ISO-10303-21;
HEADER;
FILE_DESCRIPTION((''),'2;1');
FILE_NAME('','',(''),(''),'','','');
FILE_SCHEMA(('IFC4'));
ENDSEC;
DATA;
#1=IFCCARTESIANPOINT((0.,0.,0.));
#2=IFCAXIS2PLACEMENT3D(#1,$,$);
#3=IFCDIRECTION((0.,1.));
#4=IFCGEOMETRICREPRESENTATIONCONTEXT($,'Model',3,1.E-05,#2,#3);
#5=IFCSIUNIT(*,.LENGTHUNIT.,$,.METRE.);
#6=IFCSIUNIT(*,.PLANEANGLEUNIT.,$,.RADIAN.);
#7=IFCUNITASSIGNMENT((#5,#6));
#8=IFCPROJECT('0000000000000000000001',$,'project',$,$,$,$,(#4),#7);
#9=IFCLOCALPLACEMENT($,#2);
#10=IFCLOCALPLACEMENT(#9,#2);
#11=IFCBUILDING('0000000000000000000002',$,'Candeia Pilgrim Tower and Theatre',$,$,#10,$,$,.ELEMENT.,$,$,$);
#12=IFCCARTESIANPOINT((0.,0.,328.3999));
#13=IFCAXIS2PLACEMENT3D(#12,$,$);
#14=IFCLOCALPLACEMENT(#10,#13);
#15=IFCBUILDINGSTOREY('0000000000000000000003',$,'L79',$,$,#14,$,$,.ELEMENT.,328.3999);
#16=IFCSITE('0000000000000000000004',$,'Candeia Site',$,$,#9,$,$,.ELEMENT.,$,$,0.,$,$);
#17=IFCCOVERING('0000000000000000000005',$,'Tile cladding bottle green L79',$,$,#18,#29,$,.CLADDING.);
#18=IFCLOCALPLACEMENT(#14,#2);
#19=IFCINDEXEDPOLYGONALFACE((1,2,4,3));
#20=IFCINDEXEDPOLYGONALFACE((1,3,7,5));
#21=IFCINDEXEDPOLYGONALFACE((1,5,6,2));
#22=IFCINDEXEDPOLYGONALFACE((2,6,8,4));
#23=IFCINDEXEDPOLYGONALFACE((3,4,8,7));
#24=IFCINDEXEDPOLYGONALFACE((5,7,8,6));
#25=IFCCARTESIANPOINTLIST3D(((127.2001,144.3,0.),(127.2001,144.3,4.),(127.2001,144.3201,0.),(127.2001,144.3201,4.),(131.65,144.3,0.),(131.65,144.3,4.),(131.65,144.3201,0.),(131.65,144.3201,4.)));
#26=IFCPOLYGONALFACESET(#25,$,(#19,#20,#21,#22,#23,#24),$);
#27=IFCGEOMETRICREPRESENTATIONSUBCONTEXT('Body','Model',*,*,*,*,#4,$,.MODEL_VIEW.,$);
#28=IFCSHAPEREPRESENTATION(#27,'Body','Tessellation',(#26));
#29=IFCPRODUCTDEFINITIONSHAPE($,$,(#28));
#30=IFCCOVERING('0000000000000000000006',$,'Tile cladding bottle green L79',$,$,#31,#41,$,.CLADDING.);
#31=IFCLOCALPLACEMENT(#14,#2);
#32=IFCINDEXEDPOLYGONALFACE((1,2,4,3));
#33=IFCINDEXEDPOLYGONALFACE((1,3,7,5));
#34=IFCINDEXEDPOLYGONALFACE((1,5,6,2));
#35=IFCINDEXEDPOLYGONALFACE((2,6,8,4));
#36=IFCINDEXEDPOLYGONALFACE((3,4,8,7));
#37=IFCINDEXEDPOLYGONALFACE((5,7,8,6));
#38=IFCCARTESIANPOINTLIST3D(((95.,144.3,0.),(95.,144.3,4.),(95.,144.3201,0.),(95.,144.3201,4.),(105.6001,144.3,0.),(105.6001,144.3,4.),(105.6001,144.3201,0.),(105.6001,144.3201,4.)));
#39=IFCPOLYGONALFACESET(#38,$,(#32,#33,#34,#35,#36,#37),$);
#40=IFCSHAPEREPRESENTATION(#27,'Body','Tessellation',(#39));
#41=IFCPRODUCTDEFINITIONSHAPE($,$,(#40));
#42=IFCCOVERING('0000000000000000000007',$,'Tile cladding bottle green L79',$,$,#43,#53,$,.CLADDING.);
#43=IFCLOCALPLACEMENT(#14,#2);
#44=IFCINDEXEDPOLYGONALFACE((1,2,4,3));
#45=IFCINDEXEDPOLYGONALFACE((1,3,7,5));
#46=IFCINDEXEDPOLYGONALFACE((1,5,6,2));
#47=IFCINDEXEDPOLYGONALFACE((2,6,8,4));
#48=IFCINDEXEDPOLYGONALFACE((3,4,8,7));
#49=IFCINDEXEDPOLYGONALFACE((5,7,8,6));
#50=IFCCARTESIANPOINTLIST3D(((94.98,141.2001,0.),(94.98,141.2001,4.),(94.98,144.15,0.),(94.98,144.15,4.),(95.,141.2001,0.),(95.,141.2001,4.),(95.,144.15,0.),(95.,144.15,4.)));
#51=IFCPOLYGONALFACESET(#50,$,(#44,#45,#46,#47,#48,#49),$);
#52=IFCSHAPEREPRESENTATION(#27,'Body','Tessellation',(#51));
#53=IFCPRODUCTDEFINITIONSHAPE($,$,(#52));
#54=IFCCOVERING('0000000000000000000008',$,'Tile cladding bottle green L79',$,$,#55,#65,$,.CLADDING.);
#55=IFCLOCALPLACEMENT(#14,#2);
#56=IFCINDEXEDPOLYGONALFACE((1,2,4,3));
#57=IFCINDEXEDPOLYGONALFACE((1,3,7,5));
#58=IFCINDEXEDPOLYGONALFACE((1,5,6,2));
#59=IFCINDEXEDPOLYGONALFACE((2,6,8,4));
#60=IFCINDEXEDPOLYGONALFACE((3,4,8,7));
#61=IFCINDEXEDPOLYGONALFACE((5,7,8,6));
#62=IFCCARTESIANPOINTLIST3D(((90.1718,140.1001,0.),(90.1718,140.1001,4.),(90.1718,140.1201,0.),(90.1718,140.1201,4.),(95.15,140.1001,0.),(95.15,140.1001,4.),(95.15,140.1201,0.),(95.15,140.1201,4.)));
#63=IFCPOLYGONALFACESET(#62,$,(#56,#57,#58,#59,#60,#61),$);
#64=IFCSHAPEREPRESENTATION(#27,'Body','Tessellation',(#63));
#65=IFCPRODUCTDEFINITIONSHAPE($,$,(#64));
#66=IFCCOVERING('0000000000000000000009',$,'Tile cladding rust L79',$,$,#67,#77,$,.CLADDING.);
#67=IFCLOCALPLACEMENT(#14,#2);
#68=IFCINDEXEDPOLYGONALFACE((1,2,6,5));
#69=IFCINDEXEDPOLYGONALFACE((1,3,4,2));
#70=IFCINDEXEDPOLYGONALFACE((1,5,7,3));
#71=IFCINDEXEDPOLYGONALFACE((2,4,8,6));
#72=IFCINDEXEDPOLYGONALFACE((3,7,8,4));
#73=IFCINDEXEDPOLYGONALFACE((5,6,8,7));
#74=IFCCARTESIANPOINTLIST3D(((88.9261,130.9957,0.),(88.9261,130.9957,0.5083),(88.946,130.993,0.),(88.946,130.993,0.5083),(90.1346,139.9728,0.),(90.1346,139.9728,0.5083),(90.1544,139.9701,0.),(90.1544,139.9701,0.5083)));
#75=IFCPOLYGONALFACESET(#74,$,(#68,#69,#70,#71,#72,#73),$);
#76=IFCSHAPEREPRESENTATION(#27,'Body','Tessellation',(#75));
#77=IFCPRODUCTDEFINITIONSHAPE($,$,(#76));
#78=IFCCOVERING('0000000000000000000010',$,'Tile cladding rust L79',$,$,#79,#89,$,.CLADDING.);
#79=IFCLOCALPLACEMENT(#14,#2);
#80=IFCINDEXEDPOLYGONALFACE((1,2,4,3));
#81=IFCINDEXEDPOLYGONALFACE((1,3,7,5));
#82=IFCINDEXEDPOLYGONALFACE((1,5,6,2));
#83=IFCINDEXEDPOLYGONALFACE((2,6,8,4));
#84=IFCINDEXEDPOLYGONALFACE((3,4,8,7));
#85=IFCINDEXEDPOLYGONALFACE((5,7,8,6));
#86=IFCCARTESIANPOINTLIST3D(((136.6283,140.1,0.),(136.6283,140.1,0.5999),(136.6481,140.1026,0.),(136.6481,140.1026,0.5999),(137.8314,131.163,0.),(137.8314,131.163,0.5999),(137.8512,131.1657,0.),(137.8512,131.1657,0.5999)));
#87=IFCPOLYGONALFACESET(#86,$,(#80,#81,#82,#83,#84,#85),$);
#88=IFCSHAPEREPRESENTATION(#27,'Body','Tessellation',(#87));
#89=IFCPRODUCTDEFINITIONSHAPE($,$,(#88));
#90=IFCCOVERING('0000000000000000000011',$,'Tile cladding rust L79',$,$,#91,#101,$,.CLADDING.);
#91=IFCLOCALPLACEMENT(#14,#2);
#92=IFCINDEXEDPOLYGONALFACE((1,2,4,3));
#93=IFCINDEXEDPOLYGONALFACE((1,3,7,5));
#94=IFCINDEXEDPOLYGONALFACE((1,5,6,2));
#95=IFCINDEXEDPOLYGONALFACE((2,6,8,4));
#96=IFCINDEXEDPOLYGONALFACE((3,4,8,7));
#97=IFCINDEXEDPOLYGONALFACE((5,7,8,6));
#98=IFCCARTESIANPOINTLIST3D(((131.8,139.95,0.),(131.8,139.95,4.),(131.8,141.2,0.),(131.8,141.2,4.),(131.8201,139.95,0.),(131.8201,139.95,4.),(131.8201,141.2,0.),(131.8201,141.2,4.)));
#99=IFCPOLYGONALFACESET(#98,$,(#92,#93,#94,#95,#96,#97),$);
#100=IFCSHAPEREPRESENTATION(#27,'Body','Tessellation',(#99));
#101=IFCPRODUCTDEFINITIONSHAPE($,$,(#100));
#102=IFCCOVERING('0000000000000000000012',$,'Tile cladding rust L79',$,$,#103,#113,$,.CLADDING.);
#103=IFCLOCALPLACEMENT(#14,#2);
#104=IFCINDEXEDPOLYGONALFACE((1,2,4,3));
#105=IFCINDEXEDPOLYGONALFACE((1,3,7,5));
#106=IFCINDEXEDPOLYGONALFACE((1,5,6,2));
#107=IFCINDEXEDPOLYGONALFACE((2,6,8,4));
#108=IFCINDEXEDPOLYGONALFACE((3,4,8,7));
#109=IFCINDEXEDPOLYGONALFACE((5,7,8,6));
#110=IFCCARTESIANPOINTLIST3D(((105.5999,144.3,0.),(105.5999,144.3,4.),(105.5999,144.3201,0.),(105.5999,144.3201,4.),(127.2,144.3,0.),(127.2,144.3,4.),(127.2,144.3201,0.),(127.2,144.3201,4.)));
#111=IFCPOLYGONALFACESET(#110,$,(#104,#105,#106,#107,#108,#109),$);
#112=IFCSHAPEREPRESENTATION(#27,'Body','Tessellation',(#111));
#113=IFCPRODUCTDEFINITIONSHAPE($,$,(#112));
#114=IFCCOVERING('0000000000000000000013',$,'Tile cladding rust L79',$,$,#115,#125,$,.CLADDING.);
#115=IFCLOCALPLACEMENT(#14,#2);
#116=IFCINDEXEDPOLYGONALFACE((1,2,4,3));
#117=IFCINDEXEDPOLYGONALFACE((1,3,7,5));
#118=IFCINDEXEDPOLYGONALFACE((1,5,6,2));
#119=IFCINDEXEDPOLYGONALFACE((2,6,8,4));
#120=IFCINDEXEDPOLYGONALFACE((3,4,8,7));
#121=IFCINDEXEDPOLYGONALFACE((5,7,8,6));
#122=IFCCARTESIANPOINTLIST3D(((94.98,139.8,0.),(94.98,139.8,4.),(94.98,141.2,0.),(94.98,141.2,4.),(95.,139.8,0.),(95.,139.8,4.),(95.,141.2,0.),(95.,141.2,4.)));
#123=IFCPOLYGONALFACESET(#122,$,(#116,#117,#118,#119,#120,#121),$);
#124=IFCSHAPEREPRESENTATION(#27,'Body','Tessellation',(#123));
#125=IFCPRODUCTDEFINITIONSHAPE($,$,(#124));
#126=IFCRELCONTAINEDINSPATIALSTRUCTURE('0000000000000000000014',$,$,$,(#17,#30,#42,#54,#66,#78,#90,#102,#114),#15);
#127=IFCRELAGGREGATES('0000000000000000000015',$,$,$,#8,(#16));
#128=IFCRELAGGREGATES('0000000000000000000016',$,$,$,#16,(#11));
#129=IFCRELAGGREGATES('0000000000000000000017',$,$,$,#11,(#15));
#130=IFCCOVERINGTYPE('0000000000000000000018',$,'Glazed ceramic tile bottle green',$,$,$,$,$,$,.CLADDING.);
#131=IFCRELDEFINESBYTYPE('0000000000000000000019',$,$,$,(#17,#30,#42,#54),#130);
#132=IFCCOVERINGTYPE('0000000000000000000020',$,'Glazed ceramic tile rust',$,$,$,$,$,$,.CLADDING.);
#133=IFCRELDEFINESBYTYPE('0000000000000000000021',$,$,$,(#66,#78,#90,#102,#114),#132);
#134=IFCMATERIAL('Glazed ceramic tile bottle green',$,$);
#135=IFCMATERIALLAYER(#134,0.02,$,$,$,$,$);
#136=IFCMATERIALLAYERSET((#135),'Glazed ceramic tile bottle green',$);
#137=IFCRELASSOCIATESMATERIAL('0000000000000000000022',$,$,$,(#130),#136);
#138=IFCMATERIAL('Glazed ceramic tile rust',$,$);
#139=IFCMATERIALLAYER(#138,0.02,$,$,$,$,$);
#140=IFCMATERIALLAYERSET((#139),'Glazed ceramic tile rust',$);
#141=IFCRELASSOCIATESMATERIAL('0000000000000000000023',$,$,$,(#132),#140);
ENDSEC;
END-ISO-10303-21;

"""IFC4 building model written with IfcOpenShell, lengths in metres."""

from ifc_helpers import new_model, si_unit, direction, frame, origin, origin_2d, place, context, subcontext, project, spatial, rectangle, extrude, material, layer, layer_set, type_object, element, save


model = new_model("IFC4")

# Units and contexts
model_context = context("Model", 3, precision=1e-05, world=origin(), true_north=direction((0.0, 1.0)))
body_context = subcontext(model_context, "Body", "Model", "MODEL_VIEW")
ifc_project = project(units=[si_unit("LENGTHUNIT", "METRE"), si_unit("PLANEANGLEUNIT", "RADIAN")], contexts=[model_context])

# Site, building, storey
site_placement = place(None, origin())
site = spatial("IfcSite", under=ifc_project, at=site_placement, Name="Candeia Site", CompositionType="ELEMENT", RefElevation=0.0)
building_placement = place(site_placement, origin())
building = spatial("IfcBuilding", under=site, at=building_placement, Name="Candeia Pilgrim Tower and Theatre", CompositionType="ELEMENT")
storey_placement = place(building_placement, frame((0.0, 0.0, 328.3999)))
storey = spatial("IfcBuildingStorey", under=building, at=storey_placement, Name="L79", CompositionType="ELEMENT", Elevation=328.3999)

# Coverings
ifc_material_1 = material(Name="Glazed ceramic tile bottle green")
ifc_layer_1 = layer(ifc_material_1, 0.02)
ifc_layer_set_1 = layer_set([ifc_layer_1], Name="Glazed ceramic tile bottle green")
covering_type_1 = type_object("IfcCoveringType", Name="Glazed ceramic tile bottle green", PredefinedType="CLADDING", material=ifc_layer_set_1)
covering_1_placement = place(storey_placement, frame((129.425, 144.3101, 0.0), z_axis=(0.0, 0.0, 1.0), x_axis=(-1.0, 0.0, 0.0)))
element("IfcCovering", 1, at=covering_1_placement, inside=storey, type_object=covering_type_1, Name="Tile cladding bottle green L79", PredefinedType="CLADDING", context=body_context, shape_type="SweptSolid", body=[
    extrude(rectangle(XDim=4.45, YDim=0.02, at=origin_2d()), origin(), (0.0, 0.0, 1.0), 4.0),
])
covering_2_placement = place(storey_placement, frame((100.3, 144.3101, 0.0), z_axis=(0.0, 0.0, 1.0), x_axis=(-1.0, 0.0, 0.0)))
element("IfcCovering", 2, at=covering_2_placement, inside=storey, type_object=covering_type_1, Name="Tile cladding bottle green L79", PredefinedType="CLADDING", context=body_context, shape_type="SweptSolid", body=[
    extrude(rectangle(XDim=10.6001, YDim=0.02, at=origin_2d()), origin(), (0.0, 0.0, 1.0), 4.0),
])
covering_3_placement = place(storey_placement, frame((94.99, 142.675, 0.0), z_axis=(0.0, 0.0, 1.0), x_axis=(0.0, -1.0, 0.0)))
element("IfcCovering", 3, at=covering_3_placement, inside=storey, type_object=covering_type_1, Name="Tile cladding bottle green L79", PredefinedType="CLADDING", context=body_context, shape_type="SweptSolid", body=[
    extrude(rectangle(XDim=2.95, YDim=0.02, at=origin_2d()), origin(), (0.0, 0.0, 1.0), 4.0),
])
covering_4_placement = place(storey_placement, frame((92.6609, 140.1101, 0.0), z_axis=(0.0, 0.0, 1.0), x_axis=(-1.0, 0.0, 0.0)))
element("IfcCovering", 4, at=covering_4_placement, inside=storey, type_object=covering_type_1, Name="Tile cladding bottle green L79", PredefinedType="CLADDING", context=body_context, shape_type="SweptSolid", body=[
    extrude(rectangle(XDim=4.9783, YDim=0.02, at=origin_2d()), origin(), (0.0, 0.0, 1.0), 4.0),
])
ifc_material_2 = material(Name="Glazed ceramic tile rust")
ifc_layer_2 = layer(ifc_material_2, 0.02)
ifc_layer_set_2 = layer_set([ifc_layer_2], Name="Glazed ceramic tile rust")
covering_type_2 = type_object("IfcCoveringType", Name="Glazed ceramic tile rust", PredefinedType="CLADDING", material=ifc_layer_set_2)
covering_5_placement = place(storey_placement, frame((89.5403, 135.4829, 0.0), z_axis=(0.0, 0.0, 1.0), x_axis=(-0.133412, -0.991061, 0.0)))
element("IfcCovering", 5, at=covering_5_placement, inside=storey, type_object=covering_type_2, Name="Tile cladding rust L79", PredefinedType="CLADDING", context=body_context, shape_type="SweptSolid", body=[
    extrude(rectangle(XDim=9.0581, YDim=0.02, at=origin_2d()), origin(), (0.0, 0.0, 1.0), 0.5083),
])
covering_6_placement = place(storey_placement, frame((137.2397, 135.6328, 0.0), z_axis=(0.0, 0.0, 1.0), x_axis=(-0.133412, 0.991061, 0.0)))
element("IfcCovering", 6, at=covering_6_placement, inside=storey, type_object=covering_type_2, Name="Tile cladding rust L79", PredefinedType="CLADDING", context=body_context, shape_type="SweptSolid", body=[
    extrude(rectangle(XDim=9.0176, YDim=0.02, at=origin_2d()), origin(), (0.0, 0.0, 1.0), 0.5999),
])
covering_7_placement = place(storey_placement, frame((131.8101, 140.575, 0.0), z_axis=(0.0, 0.0, 1.0), x_axis=(0.0, 1.0, 0.0)))
element("IfcCovering", 7, at=covering_7_placement, inside=storey, type_object=covering_type_2, Name="Tile cladding rust L79", PredefinedType="CLADDING", context=body_context, shape_type="SweptSolid", body=[
    extrude(rectangle(XDim=1.25, YDim=0.02, at=origin_2d()), origin(), (0.0, 0.0, 1.0), 4.0),
])
covering_8_placement = place(storey_placement, frame((116.3999, 144.3101, 0.0), z_axis=(0.0, 0.0, 1.0), x_axis=(-1.0, 0.0, 0.0)))
element("IfcCovering", 8, at=covering_8_placement, inside=storey, type_object=covering_type_2, Name="Tile cladding rust L79", PredefinedType="CLADDING", context=body_context, shape_type="SweptSolid", body=[
    extrude(rectangle(XDim=21.6001, YDim=0.02, at=origin_2d()), origin(), (0.0, 0.0, 1.0), 4.0),
])
covering_9_placement = place(storey_placement, frame((94.99, 140.5, 0.0), z_axis=(0.0, 0.0, 1.0), x_axis=(0.0, -1.0, 0.0)))
element("IfcCovering", 9, at=covering_9_placement, inside=storey, type_object=covering_type_2, Name="Tile cladding rust L79", PredefinedType="CLADDING", context=body_context, shape_type="SweptSolid", body=[
    extrude(rectangle(XDim=1.3999, YDim=0.02, at=origin_2d()), origin(), (0.0, 0.0, 1.0), 4.0),
])

save(model, "model.ifc")
